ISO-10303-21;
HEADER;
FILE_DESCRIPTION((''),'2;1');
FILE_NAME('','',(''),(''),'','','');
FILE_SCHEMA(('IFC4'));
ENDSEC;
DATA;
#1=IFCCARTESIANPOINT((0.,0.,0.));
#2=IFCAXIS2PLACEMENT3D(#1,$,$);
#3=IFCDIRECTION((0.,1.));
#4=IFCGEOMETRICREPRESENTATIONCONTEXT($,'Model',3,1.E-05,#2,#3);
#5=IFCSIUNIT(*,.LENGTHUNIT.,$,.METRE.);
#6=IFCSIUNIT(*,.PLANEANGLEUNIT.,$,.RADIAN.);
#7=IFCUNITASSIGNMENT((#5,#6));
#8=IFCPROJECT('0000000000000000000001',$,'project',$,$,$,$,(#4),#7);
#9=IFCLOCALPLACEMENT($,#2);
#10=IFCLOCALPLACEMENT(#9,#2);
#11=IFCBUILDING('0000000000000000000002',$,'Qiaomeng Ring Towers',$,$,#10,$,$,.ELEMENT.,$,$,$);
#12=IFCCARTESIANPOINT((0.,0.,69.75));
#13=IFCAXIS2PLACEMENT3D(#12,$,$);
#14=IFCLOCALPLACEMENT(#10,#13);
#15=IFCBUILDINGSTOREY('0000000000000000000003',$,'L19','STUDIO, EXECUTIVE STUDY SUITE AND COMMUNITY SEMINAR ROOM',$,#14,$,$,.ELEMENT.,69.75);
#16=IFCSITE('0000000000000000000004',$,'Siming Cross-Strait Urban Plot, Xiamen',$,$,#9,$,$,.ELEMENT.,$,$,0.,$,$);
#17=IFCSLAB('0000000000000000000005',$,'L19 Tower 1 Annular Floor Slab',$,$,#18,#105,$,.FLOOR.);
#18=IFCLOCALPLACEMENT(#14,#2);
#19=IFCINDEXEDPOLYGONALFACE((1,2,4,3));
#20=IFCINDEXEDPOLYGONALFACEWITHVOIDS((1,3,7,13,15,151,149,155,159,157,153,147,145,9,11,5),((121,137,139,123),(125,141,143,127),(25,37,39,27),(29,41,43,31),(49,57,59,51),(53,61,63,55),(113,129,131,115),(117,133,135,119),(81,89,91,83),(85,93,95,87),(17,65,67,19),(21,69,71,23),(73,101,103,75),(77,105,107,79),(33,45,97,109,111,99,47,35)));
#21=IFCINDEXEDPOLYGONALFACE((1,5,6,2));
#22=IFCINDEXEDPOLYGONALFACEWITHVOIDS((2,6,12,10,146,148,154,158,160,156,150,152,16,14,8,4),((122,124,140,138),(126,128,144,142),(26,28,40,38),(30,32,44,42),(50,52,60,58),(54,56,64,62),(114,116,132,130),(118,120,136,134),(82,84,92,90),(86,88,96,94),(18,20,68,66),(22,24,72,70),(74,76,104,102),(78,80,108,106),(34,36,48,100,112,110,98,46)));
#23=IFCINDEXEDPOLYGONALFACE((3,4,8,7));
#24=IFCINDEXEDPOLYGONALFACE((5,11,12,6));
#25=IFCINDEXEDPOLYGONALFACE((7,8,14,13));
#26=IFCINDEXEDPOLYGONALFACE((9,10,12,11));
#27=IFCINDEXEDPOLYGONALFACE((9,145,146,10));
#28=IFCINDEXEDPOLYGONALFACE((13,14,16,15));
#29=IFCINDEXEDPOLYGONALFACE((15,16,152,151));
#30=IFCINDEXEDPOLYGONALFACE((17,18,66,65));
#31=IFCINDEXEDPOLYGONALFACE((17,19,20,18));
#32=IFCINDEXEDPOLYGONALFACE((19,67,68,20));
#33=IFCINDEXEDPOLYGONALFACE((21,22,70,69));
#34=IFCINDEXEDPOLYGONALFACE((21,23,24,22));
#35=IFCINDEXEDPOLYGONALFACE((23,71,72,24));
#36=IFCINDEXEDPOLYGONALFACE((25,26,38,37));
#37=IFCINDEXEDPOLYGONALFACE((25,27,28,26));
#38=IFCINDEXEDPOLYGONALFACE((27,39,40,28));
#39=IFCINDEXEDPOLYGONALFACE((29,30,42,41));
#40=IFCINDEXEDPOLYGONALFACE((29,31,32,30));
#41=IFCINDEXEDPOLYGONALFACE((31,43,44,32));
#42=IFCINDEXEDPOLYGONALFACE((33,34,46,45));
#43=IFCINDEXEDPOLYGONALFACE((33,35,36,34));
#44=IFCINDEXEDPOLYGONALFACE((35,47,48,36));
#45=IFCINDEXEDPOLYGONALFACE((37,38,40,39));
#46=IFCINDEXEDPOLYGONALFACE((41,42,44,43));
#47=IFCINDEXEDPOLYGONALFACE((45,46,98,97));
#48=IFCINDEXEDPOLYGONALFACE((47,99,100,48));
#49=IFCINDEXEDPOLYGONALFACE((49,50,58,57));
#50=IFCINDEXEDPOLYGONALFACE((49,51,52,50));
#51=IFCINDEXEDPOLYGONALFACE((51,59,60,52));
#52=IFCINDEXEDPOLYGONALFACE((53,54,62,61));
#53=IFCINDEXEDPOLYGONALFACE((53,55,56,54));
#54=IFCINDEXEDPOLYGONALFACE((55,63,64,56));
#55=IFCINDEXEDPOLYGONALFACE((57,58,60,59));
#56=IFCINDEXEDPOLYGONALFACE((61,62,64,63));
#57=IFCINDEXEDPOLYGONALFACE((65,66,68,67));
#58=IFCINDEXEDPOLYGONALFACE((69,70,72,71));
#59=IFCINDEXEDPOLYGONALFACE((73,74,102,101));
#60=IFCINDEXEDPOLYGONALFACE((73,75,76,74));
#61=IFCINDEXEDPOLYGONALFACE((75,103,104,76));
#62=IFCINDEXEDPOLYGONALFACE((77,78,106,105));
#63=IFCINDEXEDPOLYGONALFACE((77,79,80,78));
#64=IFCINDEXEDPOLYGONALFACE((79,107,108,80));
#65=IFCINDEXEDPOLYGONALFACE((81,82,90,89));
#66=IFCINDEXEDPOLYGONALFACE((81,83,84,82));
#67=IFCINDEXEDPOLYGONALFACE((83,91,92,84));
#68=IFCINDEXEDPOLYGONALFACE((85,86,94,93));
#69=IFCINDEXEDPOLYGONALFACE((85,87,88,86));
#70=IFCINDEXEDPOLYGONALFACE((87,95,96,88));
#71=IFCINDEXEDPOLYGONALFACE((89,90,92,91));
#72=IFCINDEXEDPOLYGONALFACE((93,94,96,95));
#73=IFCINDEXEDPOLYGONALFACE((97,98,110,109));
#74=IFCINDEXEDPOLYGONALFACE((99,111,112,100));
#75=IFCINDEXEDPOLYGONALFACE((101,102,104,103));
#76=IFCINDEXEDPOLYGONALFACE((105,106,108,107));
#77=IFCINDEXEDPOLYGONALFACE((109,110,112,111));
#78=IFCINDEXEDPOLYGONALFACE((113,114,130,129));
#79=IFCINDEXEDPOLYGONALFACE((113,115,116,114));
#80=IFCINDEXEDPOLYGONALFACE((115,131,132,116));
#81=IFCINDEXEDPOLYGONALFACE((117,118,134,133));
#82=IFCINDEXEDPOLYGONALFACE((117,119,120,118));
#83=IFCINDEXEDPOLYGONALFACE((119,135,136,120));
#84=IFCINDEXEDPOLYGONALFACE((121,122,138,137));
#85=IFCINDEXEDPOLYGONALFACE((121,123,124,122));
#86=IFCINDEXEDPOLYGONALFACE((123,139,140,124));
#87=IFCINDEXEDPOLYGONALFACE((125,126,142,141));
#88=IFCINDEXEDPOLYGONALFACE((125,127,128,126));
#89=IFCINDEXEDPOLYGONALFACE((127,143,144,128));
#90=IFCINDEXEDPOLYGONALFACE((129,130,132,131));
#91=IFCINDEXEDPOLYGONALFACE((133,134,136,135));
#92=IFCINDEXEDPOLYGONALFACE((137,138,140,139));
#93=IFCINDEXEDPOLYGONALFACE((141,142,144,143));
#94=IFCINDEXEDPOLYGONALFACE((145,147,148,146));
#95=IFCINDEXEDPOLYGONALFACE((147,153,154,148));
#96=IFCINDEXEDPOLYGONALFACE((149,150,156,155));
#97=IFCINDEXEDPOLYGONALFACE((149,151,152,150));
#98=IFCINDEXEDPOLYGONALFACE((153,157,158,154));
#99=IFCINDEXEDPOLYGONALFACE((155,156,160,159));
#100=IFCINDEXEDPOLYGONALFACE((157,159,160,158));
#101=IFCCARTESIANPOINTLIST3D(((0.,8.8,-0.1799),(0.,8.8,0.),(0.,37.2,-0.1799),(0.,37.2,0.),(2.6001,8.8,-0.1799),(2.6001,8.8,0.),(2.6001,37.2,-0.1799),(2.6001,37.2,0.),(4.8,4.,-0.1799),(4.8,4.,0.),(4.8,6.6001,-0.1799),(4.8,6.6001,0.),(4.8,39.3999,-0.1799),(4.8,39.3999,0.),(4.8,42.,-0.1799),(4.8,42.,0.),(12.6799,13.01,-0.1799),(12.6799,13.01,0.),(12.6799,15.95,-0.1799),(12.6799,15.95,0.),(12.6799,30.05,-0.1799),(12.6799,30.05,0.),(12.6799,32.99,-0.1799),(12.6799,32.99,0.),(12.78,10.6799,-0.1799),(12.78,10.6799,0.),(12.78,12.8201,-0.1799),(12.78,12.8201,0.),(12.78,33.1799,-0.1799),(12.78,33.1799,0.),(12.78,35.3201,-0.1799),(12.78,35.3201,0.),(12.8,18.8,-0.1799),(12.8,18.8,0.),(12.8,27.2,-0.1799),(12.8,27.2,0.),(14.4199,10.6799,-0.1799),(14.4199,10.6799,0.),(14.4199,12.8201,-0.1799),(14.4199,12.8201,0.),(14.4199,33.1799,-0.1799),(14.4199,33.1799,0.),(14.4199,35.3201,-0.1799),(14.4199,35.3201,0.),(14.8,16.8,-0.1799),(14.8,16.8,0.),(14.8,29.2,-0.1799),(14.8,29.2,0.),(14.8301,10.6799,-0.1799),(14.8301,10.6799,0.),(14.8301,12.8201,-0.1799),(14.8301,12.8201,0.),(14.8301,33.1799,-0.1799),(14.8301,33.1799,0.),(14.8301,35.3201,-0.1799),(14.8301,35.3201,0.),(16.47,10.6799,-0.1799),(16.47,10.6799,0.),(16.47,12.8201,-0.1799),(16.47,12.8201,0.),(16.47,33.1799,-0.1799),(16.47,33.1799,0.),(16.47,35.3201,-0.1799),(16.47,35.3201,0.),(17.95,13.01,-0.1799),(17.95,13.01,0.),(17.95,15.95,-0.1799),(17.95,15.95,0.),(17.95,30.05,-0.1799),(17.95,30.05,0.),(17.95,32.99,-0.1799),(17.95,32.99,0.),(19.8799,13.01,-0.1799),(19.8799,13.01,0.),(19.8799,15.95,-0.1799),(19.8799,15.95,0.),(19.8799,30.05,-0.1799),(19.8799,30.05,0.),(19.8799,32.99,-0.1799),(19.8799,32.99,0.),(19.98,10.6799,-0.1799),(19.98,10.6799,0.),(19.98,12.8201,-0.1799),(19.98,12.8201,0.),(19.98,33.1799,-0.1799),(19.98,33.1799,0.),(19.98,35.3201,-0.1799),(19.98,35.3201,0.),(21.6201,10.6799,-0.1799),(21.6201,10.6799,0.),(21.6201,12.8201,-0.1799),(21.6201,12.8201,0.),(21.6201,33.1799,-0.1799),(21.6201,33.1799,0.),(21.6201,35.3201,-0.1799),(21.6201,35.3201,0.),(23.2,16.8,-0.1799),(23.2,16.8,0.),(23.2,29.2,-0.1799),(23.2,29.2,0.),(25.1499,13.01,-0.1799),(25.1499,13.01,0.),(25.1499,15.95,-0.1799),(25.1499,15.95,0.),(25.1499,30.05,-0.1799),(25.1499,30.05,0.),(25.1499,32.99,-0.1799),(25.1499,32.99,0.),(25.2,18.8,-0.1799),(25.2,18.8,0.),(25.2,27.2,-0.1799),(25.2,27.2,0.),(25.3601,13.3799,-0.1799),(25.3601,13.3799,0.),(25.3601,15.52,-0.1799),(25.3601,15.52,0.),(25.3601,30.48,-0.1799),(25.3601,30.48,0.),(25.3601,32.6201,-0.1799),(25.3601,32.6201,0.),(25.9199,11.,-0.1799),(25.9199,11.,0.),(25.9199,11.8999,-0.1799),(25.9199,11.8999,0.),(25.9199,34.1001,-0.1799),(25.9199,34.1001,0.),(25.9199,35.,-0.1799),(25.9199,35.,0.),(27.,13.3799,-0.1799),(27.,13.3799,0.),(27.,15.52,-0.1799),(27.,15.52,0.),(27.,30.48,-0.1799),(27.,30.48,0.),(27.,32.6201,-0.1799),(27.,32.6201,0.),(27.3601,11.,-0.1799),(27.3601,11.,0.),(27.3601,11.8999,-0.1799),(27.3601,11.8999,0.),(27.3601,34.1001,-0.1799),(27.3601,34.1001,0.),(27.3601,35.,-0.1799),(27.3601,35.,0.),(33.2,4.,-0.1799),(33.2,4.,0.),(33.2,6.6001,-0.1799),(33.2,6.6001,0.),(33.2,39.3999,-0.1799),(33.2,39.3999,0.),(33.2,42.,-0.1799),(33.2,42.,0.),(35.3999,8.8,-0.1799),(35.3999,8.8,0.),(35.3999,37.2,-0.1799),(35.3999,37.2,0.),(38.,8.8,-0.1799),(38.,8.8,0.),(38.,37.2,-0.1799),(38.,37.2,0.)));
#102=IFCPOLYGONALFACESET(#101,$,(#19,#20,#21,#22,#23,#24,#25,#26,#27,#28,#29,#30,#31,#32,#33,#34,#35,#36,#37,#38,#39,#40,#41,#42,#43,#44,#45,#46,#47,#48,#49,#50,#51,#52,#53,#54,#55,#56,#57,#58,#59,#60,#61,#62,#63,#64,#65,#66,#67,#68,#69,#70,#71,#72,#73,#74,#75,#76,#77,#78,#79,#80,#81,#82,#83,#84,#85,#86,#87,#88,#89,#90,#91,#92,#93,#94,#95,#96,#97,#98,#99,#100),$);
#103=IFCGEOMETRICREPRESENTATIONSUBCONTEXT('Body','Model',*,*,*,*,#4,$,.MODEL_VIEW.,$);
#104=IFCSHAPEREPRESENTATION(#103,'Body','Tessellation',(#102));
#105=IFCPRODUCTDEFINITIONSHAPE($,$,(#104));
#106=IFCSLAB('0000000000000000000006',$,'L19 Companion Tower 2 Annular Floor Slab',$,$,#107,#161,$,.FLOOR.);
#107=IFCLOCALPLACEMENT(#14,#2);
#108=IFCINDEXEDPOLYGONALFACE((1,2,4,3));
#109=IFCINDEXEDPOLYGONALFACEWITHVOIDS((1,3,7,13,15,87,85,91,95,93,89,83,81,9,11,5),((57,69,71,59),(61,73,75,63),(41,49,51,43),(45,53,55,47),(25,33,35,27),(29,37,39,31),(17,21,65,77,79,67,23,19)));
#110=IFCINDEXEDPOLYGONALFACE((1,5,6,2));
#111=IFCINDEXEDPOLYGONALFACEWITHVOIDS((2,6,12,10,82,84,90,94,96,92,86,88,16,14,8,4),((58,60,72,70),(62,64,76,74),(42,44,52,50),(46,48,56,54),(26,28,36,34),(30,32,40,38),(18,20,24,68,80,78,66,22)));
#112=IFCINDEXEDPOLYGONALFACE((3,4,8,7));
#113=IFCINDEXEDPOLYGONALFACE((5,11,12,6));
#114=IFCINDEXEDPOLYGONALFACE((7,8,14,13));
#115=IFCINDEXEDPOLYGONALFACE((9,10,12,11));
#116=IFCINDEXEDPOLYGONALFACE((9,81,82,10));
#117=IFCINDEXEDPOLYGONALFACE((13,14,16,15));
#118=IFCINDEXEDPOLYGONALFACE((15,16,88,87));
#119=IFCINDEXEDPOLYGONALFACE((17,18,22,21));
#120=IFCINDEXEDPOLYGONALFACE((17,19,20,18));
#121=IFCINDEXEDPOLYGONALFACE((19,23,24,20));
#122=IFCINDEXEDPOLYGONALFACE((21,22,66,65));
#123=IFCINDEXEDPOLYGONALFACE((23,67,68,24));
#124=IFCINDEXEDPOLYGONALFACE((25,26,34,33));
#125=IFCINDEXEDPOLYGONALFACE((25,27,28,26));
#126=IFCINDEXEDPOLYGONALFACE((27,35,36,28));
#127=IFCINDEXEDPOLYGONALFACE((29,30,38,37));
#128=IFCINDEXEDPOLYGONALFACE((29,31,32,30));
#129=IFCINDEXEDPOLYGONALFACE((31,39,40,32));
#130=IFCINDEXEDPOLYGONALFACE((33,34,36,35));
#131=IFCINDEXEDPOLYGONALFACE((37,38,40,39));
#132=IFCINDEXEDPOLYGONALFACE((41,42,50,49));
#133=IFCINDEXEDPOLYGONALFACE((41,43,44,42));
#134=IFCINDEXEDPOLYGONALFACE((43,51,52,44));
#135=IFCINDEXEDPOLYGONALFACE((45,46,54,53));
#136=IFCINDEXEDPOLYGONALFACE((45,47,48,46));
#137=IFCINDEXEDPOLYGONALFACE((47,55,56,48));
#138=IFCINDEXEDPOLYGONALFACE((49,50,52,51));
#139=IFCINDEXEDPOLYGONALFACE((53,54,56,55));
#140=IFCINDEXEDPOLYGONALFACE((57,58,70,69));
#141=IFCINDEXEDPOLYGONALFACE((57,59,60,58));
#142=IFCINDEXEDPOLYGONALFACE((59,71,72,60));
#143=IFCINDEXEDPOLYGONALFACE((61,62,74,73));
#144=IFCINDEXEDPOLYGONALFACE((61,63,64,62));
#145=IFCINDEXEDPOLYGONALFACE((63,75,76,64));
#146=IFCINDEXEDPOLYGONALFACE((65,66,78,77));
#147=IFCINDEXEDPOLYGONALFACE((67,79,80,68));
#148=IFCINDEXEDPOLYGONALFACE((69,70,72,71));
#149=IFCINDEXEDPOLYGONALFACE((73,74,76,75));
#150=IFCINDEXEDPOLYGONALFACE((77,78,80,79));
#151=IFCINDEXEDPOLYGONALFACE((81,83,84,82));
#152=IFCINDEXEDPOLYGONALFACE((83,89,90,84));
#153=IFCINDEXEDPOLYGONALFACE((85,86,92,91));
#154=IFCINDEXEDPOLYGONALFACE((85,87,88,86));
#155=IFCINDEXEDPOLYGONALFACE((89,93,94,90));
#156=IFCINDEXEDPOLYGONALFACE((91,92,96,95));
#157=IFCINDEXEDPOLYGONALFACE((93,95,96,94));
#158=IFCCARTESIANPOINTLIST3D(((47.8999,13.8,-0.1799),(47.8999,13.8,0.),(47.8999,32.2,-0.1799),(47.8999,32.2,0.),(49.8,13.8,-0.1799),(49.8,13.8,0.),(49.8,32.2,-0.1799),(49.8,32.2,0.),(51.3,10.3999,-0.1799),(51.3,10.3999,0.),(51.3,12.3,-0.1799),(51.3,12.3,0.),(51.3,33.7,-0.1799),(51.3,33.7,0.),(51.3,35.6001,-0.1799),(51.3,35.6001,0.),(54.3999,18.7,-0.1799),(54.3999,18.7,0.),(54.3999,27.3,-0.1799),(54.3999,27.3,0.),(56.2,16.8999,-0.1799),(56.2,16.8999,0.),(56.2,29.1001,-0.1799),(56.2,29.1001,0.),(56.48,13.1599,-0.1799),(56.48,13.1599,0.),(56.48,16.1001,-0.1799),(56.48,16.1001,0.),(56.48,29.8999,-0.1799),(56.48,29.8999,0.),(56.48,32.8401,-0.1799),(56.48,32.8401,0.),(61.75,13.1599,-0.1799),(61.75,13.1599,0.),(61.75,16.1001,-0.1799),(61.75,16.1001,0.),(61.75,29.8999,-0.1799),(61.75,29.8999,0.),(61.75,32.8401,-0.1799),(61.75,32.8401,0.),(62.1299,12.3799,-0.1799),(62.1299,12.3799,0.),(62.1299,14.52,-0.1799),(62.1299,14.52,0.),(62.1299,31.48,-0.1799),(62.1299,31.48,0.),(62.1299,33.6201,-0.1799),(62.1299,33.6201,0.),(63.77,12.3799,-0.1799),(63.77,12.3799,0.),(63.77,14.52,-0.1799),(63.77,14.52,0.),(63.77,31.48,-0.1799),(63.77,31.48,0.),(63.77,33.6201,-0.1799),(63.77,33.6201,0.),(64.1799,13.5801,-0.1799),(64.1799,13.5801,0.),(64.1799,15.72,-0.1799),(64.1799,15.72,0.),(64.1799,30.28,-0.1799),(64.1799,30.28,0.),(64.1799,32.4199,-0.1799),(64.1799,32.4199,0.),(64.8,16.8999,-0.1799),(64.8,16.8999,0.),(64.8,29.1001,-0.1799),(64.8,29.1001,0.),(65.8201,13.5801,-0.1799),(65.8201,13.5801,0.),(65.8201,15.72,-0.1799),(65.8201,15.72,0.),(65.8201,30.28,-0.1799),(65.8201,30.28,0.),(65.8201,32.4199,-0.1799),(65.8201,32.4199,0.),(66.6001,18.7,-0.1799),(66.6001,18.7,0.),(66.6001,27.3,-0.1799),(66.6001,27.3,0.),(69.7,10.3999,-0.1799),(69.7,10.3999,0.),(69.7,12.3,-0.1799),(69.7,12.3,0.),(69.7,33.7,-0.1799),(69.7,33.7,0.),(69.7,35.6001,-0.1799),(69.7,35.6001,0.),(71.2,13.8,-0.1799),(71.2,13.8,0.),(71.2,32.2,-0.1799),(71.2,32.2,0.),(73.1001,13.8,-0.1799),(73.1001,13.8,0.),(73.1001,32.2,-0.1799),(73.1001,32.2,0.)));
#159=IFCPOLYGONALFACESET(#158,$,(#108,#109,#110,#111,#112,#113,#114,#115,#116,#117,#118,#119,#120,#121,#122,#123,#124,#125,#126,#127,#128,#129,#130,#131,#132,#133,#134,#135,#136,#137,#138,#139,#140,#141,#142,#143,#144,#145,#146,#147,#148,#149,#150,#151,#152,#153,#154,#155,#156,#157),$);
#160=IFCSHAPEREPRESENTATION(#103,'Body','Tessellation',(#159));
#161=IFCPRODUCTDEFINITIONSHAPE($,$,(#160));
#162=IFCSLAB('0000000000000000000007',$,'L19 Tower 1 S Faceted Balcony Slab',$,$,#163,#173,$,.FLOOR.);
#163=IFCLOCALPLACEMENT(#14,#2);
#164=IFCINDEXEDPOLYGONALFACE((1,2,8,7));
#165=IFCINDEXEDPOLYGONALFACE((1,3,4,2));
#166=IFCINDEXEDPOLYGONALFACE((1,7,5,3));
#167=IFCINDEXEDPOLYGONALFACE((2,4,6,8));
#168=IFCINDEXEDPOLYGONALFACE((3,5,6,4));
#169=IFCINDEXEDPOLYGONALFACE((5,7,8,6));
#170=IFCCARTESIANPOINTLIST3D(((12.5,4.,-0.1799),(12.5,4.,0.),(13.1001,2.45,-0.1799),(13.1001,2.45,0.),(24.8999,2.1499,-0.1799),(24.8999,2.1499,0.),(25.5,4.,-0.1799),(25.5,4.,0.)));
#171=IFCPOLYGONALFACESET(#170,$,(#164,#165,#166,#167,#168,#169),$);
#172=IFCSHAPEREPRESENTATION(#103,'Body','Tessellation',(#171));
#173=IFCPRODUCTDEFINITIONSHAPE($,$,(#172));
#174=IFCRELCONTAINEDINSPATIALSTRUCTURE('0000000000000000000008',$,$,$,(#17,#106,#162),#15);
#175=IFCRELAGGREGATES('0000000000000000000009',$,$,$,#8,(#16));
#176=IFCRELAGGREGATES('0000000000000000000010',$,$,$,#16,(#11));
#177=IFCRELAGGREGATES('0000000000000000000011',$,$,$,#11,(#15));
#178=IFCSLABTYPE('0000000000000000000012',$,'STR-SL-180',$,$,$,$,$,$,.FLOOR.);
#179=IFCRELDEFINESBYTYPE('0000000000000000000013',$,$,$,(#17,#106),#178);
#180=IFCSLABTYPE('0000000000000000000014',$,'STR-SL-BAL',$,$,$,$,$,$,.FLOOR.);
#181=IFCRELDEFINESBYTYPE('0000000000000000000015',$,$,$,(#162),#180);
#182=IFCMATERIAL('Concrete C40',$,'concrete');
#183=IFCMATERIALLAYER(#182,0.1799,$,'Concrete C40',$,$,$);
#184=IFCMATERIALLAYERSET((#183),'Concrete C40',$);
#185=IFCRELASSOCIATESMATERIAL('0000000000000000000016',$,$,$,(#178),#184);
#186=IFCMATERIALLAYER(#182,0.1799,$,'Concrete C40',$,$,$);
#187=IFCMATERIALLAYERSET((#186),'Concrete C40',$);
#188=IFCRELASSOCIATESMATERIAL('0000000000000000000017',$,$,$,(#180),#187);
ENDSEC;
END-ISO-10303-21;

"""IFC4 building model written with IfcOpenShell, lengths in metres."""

from ifc_helpers import new_model, si_unit, direction, frame, origin, place, context, subcontext, project, spatial, polyline, outline, extrude, material, layer, layer_set, type_object, element, save


model = new_model("IFC4")

# Units and contexts
model_context = context("Model", 3, precision=1e-05, world=origin(), true_north=direction((0.0, 1.0)))
body_context = subcontext(model_context, "Body", "Model", "MODEL_VIEW")
ifc_project = project(units=[si_unit("LENGTHUNIT", "METRE"), si_unit("PLANEANGLEUNIT", "RADIAN")], contexts=[model_context])

# Site, building, storey
site_placement = place(None, origin())
site = spatial("IfcSite", under=ifc_project, at=site_placement, Name="Siming Cross-Strait Urban Plot, Xiamen", CompositionType="ELEMENT", RefElevation=0.0)
building_placement = place(site_placement, origin())
building = spatial("IfcBuilding", under=site, at=building_placement, Name="Qiaomeng Ring Towers", CompositionType="ELEMENT")
storey_placement = place(building_placement, frame((0.0, 0.0, 69.75)))
storey = spatial("IfcBuildingStorey", under=building, at=storey_placement, Name="L19", Description="STUDIO, EXECUTIVE STUDY SUITE AND COMMUNITY SEMINAR ROOM", CompositionType="ELEMENT", Elevation=69.75)

# Slabs
ifc_material_1 = material(Name="Concrete C40", Category="concrete")
ifc_layer_1 = layer(ifc_material_1, 0.1799, Name="Concrete C40")
ifc_layer_set_1 = layer_set([ifc_layer_1], Name="Concrete C40")
slab_type_1 = type_object("IfcSlabType", Name="STR-SL-180", PredefinedType="FLOOR", material=ifc_layer_set_1)
slab_1_placement = place(storey_placement, frame((0.0, 0.0, -0.1799)))
element("IfcSlab", 1, at=slab_1_placement, inside=storey, type_object=slab_type_1, Name="L19 Tower 1 Annular Floor Slab", PredefinedType="FLOOR", context=body_context, shape_type="SweptSolid", body=[
    extrude(outline(polyline([(4.8, 4.0), (33.2, 4.0), (33.2, 6.6001), (35.3999, 8.8), (38.0, 8.8), (38.0, 37.2), (35.3999, 37.2), (33.2, 39.3999), (33.2, 42.0), (4.8, 42.0), (4.8, 39.3999), (2.6001, 37.2), (0.0, 37.2), (0.0, 8.8), (2.6001, 8.8), (4.8, 6.6001), (4.8, 4.0)]), holes=[polyline([(12.78, 10.6799), (12.78, 12.8201), (14.4199, 12.8201), (14.4199, 10.6799), (12.78, 10.6799)]), polyline([(14.8301, 12.8201), (16.47, 12.8201), (16.47, 10.6799), (14.8301, 10.6799), (14.8301, 12.8201)]), polyline([(12.6799, 15.95), (17.95, 15.95), (17.95, 13.01), (12.6799, 13.01), (12.6799, 15.95)]), polyline([(25.2, 27.2), (25.2, 18.8), (23.2, 16.8), (14.8, 16.8), (12.8, 18.8), (12.8, 27.2), (14.8, 29.2), (23.2, 29.2), (25.2, 27.2)]), polyline([(12.6799, 32.99), (17.95, 32.99), (17.95, 30.05), (12.6799, 30.05), (12.6799, 32.99)]), polyline([(12.78, 35.3201), (14.4199, 35.3201), (14.4199, 33.1799), (12.78, 33.1799), (12.78, 35.3201)]), polyline([(14.8301, 35.3201), (16.47, 35.3201), (16.47, 33.1799), (14.8301, 33.1799), (14.8301, 35.3201)]), polyline([(19.98, 35.3201), (21.6201, 35.3201), (21.6201, 33.1799), (19.98, 33.1799), (19.98, 35.3201)]), polyline([(25.9199, 11.8999), (27.3601, 11.8999), (27.3601, 11.0), (25.9199, 11.0), (25.9199, 11.8999)]), polyline([(19.98, 12.8201), (21.6201, 12.8201), (21.6201, 10.6799), (19.98, 10.6799), (19.98, 12.8201)]), polyline([(25.3601, 15.52), (27.0, 15.52), (27.0, 13.3799), (25.3601, 13.3799), (25.3601, 15.52)]), polyline([(19.8799, 15.95), (25.1499, 15.95), (25.1499, 13.01), (19.8799, 13.01), (19.8799, 15.95)]), polyline([(19.8799, 32.99), (25.1499, 32.99), (25.1499, 30.05), (19.8799, 30.05), (19.8799, 32.99)]), polyline([(25.3601, 32.6201), (27.0, 32.6201), (27.0, 30.48), (25.3601, 30.48), (25.3601, 32.6201)]), polyline([(25.9199, 35.0), (27.3601, 35.0), (27.3601, 34.1001), (25.9199, 34.1001), (25.9199, 35.0)])]), origin(), (0.0, 0.0, 1.0), 0.1799),
])
slab_2_placement = place(storey_placement, frame((0.0, 0.0, -0.1799)))
element("IfcSlab", 2, at=slab_2_placement, inside=storey, type_object=slab_type_1, Name="L19 Companion Tower 2 Annular Floor Slab", PredefinedType="FLOOR", context=body_context, shape_type="SweptSolid", body=[
    extrude(outline(polyline([(51.3, 10.3999), (69.7, 10.3999), (69.7, 12.3), (71.2, 13.8), (73.1001, 13.8), (73.1001, 32.2), (71.2, 32.2), (69.7, 33.7), (69.7, 35.6001), (51.3, 35.6001), (51.3, 33.7), (49.8, 32.2), (47.8999, 32.2), (47.8999, 13.8), (49.8, 13.8), (51.3, 12.3), (51.3, 10.3999)]), holes=[polyline([(62.1299, 12.3799), (62.1299, 14.52), (63.77, 14.52), (63.77, 12.3799), (62.1299, 12.3799)]), polyline([(56.48, 13.1599), (56.48, 16.1001), (61.75, 16.1001), (61.75, 13.1599), (56.48, 13.1599)]), polyline([(64.1799, 13.5801), (64.1799, 15.72), (65.8201, 15.72), (65.8201, 13.5801), (64.1799, 13.5801)]), polyline([(64.8, 29.1001), (66.6001, 27.3), (66.6001, 18.7), (64.8, 16.8999), (56.2, 16.8999), (54.3999, 18.7), (54.3999, 27.3), (56.2, 29.1001), (64.8, 29.1001)]), polyline([(64.1799, 30.28), (64.1799, 32.4199), (65.8201, 32.4199), (65.8201, 30.28), (64.1799, 30.28)]), polyline([(56.48, 32.8401), (61.75, 32.8401), (61.75, 29.8999), (56.48, 29.8999), (56.48, 32.8401)]), polyline([(62.1299, 33.6201), (63.77, 33.6201), (63.77, 31.48), (62.1299, 31.48), (62.1299, 33.6201)])]), origin(), (0.0, 0.0, 1.0), 0.1799),
])
ifc_layer_2 = layer(ifc_material_1, 0.1799, Name="Concrete C40")
ifc_layer_set_2 = layer_set([ifc_layer_2], Name="Concrete C40")
slab_type_2 = type_object("IfcSlabType", Name="STR-SL-BAL", PredefinedType="FLOOR", material=ifc_layer_set_2)
slab_3_placement = place(storey_placement, frame((0.0, 0.0, -0.1799)))
element("IfcSlab", 3, at=slab_3_placement, inside=storey, type_object=slab_type_2, Name="L19 Tower 1 S Faceted Balcony Slab", PredefinedType="FLOOR", context=body_context, shape_type="SweptSolid", body=[
    extrude(outline(polyline([(24.8999, 2.1499), (13.1001, 2.45), (12.5, 4.0), (25.5, 4.0), (24.8999, 2.1499)])), origin(), (0.0, 0.0, 1.0), 0.1799),
])

save(model, "model.ifc")
